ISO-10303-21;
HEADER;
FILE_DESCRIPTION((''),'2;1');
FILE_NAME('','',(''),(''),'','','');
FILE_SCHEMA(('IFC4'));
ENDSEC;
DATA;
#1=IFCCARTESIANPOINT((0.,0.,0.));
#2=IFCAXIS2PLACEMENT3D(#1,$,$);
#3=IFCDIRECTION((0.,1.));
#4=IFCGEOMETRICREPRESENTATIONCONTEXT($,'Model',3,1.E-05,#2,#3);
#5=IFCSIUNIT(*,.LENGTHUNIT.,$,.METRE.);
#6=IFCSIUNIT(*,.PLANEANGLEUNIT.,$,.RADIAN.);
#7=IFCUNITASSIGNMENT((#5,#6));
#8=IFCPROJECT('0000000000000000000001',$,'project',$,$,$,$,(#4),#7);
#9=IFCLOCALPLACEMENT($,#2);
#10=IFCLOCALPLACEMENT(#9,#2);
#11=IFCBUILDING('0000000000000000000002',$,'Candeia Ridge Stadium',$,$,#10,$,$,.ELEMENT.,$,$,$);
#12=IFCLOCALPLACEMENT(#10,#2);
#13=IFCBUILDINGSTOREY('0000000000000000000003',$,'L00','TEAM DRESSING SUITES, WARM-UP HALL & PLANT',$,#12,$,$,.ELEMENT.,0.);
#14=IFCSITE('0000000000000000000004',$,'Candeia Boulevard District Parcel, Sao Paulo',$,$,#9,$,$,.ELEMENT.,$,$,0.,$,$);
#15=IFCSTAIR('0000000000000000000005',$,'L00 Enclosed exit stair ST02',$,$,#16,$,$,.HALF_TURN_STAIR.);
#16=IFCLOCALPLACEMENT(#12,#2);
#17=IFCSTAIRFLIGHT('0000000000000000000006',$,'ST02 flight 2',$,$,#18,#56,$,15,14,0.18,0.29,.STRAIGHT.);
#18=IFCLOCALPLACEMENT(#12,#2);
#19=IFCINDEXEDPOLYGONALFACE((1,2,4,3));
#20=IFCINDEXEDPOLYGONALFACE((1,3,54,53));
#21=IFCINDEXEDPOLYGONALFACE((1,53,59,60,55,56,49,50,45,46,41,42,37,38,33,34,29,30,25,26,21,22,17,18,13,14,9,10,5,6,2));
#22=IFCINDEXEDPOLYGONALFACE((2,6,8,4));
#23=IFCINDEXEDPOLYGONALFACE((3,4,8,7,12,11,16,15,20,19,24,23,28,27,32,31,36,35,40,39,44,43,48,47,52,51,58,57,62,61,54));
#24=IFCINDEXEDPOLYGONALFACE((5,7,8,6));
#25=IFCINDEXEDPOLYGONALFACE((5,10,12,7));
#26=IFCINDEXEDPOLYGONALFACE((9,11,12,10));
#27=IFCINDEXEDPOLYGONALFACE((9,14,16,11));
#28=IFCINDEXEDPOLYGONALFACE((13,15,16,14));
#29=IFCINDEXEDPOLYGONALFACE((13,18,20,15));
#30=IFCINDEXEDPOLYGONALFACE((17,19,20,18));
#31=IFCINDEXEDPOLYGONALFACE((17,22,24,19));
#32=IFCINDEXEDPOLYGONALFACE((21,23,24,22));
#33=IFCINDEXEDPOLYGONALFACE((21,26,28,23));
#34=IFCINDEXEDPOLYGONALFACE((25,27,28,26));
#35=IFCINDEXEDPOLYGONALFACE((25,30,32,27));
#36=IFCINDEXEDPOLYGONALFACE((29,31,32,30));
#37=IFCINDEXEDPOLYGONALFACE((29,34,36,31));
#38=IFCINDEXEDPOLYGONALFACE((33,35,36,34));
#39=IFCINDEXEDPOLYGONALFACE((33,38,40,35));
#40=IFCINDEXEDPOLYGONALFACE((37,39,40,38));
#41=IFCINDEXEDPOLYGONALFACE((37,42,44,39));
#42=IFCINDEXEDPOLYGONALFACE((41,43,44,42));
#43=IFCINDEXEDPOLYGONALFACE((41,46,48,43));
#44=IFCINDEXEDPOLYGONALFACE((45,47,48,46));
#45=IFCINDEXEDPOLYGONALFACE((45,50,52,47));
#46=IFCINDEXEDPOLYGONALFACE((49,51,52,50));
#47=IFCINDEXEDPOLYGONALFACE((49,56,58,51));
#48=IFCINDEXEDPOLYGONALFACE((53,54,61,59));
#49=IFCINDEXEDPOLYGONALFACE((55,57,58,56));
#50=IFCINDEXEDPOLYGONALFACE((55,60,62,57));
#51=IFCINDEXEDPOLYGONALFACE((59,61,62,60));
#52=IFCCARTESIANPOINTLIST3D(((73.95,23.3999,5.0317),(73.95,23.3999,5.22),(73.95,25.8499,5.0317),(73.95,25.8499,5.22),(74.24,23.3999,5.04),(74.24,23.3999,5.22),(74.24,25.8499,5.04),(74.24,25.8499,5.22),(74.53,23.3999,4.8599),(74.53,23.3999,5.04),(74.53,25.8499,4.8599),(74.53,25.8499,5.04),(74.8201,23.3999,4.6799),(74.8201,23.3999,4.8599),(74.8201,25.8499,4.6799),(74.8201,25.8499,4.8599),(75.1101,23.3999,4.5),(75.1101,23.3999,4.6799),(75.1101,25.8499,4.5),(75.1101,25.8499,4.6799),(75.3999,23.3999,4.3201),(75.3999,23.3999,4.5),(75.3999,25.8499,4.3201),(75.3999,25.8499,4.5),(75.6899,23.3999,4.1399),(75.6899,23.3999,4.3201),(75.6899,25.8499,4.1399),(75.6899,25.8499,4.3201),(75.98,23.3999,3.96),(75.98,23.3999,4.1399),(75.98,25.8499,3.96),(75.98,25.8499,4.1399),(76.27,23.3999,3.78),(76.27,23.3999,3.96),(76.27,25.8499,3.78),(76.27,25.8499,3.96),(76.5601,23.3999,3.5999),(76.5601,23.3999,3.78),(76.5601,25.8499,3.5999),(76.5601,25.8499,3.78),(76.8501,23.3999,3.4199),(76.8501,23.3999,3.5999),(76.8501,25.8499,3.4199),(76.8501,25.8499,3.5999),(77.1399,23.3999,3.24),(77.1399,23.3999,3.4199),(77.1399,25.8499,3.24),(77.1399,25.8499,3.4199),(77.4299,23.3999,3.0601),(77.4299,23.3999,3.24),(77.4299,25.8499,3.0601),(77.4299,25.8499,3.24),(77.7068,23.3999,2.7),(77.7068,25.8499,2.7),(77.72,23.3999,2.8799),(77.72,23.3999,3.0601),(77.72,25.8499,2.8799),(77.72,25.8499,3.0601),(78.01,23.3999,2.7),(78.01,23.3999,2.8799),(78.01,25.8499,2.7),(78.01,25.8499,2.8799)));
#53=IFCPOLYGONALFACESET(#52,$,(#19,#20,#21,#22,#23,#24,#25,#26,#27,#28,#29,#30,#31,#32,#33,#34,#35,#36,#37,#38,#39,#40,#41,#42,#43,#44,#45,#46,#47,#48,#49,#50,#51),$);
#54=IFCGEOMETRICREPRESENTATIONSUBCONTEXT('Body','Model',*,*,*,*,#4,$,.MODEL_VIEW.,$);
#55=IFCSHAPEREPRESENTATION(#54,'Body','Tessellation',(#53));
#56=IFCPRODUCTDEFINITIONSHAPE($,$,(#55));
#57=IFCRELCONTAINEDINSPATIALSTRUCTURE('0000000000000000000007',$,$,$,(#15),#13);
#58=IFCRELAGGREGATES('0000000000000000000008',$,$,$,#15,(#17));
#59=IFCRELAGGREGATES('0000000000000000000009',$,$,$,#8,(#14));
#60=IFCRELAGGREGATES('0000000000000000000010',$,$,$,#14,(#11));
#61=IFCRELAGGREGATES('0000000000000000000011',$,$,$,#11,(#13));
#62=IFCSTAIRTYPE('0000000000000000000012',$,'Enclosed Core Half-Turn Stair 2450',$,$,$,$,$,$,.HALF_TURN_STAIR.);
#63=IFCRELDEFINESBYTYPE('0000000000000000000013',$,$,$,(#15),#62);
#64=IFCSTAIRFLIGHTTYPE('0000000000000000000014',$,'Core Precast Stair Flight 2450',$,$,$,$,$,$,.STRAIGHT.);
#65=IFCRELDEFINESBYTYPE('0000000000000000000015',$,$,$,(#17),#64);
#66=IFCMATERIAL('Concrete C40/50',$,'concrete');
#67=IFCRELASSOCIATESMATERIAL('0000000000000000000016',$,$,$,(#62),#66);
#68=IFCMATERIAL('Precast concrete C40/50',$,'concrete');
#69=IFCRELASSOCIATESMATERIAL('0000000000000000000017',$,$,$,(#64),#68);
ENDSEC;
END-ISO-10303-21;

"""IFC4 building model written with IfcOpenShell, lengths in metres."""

from ifc_helpers import new_model, si_unit, direction, frame, origin, place, context, subcontext, project, spatial, polyline, outline, extrude, material, type_object, element, aggregate, save


model = new_model("IFC4")

# Units and contexts
model_context = context("Model", 3, precision=1e-05, world=origin(), true_north=direction((0.0, 1.0)))
body_context = subcontext(model_context, "Body", "Model", "MODEL_VIEW")
ifc_project = project(units=[si_unit("LENGTHUNIT", "METRE"), si_unit("PLANEANGLEUNIT", "RADIAN")], contexts=[model_context])

# Site, building, storey
site_placement = place(None, origin())
site = spatial("IfcSite", under=ifc_project, at=site_placement, Name="Candeia Boulevard District Parcel, Sao Paulo", CompositionType="ELEMENT", RefElevation=0.0)
building_placement = place(site_placement, origin())
building = spatial("IfcBuilding", under=site, at=building_placement, Name="Candeia Ridge Stadium", CompositionType="ELEMENT")
storey_placement = place(building_placement, origin())
storey = spatial("IfcBuildingStorey", under=building, at=storey_placement, Name="L00", Description="TEAM DRESSING SUITES, WARM-UP HALL & PLANT", CompositionType="ELEMENT", Elevation=0.0)

# Shared definitions
ifc_material_1 = material(Name="Concrete C40/50", Category="concrete")

# Stair, stair flight
stair_type = type_object("IfcStairType", Name="Enclosed Core Half-Turn Stair 2450", PredefinedType="HALF_TURN_STAIR", material=ifc_material_1)
stair_placement = place(storey_placement, origin())
stair = element("IfcStair", 1, at=stair_placement, inside=storey, type_object=stair_type, Name="L00 Enclosed exit stair ST02", PredefinedType="HALF_TURN_STAIR")
ifc_material_2 = material(Name="Precast concrete C40/50", Category="concrete")
stair_flight_type = type_object("IfcStairFlightType", Name="Core Precast Stair Flight 2450", PredefinedType="STRAIGHT", material=ifc_material_2)
stair_flight_1_placement = place(storey_placement, frame((78.01, 24.625, 2.7), z_axis=(0.0, 0.0, 1.0), x_axis=(-1.0, 0.0, 0.0)))
stair_flight_1 = element("IfcStairFlight", 2, at=stair_flight_1_placement, type_object=stair_flight_type, Name="ST02 flight 2", NumberOfRisers=15, NumberOfTreads=14, PredefinedType="STRAIGHT", RiserHeight=0.18, TreadLength=0.29, context=body_context, shape_type="SweptSolid", body=[
    extrude(outline(polyline([(0.0, 0.0), (0.0, 0.1799), (0.29, 0.1799), (0.29, 0.3601), (0.5801, 0.3601), (0.5801, 0.54), (0.8701, 0.54), (0.8701, 0.72), (1.1599, 0.72), (1.1599, 0.8999), (1.45, 0.8999), (1.45, 1.0801), (1.74, 1.0801), (1.74, 1.26), (2.03, 1.26), (2.03, 1.4399), (2.3201, 1.4399), (2.3201, 1.6201), (2.6101, 1.6201), (2.6101, 1.8), (2.8999, 1.8), (2.8999, 1.98), (3.1899, 1.98), (3.1899, 2.1599), (3.48, 2.1599), (3.48, 2.3401), (3.77, 2.3401), (3.77, 2.52), (4.0601, 2.52), (4.0601, 2.7), (4.0601, 2.3318), (0.3032, 0.0), (0.0, 0.0)])), frame((0.0, 1.2251, 0.0), z_axis=(0.0, -1.0, 0.0), x_axis=(1.0, 0.0, 0.0)), (0.0, 0.0, 1.0), 2.45),
])
aggregate(stair, [stair_flight_1])

save(model, "model.ifc")
